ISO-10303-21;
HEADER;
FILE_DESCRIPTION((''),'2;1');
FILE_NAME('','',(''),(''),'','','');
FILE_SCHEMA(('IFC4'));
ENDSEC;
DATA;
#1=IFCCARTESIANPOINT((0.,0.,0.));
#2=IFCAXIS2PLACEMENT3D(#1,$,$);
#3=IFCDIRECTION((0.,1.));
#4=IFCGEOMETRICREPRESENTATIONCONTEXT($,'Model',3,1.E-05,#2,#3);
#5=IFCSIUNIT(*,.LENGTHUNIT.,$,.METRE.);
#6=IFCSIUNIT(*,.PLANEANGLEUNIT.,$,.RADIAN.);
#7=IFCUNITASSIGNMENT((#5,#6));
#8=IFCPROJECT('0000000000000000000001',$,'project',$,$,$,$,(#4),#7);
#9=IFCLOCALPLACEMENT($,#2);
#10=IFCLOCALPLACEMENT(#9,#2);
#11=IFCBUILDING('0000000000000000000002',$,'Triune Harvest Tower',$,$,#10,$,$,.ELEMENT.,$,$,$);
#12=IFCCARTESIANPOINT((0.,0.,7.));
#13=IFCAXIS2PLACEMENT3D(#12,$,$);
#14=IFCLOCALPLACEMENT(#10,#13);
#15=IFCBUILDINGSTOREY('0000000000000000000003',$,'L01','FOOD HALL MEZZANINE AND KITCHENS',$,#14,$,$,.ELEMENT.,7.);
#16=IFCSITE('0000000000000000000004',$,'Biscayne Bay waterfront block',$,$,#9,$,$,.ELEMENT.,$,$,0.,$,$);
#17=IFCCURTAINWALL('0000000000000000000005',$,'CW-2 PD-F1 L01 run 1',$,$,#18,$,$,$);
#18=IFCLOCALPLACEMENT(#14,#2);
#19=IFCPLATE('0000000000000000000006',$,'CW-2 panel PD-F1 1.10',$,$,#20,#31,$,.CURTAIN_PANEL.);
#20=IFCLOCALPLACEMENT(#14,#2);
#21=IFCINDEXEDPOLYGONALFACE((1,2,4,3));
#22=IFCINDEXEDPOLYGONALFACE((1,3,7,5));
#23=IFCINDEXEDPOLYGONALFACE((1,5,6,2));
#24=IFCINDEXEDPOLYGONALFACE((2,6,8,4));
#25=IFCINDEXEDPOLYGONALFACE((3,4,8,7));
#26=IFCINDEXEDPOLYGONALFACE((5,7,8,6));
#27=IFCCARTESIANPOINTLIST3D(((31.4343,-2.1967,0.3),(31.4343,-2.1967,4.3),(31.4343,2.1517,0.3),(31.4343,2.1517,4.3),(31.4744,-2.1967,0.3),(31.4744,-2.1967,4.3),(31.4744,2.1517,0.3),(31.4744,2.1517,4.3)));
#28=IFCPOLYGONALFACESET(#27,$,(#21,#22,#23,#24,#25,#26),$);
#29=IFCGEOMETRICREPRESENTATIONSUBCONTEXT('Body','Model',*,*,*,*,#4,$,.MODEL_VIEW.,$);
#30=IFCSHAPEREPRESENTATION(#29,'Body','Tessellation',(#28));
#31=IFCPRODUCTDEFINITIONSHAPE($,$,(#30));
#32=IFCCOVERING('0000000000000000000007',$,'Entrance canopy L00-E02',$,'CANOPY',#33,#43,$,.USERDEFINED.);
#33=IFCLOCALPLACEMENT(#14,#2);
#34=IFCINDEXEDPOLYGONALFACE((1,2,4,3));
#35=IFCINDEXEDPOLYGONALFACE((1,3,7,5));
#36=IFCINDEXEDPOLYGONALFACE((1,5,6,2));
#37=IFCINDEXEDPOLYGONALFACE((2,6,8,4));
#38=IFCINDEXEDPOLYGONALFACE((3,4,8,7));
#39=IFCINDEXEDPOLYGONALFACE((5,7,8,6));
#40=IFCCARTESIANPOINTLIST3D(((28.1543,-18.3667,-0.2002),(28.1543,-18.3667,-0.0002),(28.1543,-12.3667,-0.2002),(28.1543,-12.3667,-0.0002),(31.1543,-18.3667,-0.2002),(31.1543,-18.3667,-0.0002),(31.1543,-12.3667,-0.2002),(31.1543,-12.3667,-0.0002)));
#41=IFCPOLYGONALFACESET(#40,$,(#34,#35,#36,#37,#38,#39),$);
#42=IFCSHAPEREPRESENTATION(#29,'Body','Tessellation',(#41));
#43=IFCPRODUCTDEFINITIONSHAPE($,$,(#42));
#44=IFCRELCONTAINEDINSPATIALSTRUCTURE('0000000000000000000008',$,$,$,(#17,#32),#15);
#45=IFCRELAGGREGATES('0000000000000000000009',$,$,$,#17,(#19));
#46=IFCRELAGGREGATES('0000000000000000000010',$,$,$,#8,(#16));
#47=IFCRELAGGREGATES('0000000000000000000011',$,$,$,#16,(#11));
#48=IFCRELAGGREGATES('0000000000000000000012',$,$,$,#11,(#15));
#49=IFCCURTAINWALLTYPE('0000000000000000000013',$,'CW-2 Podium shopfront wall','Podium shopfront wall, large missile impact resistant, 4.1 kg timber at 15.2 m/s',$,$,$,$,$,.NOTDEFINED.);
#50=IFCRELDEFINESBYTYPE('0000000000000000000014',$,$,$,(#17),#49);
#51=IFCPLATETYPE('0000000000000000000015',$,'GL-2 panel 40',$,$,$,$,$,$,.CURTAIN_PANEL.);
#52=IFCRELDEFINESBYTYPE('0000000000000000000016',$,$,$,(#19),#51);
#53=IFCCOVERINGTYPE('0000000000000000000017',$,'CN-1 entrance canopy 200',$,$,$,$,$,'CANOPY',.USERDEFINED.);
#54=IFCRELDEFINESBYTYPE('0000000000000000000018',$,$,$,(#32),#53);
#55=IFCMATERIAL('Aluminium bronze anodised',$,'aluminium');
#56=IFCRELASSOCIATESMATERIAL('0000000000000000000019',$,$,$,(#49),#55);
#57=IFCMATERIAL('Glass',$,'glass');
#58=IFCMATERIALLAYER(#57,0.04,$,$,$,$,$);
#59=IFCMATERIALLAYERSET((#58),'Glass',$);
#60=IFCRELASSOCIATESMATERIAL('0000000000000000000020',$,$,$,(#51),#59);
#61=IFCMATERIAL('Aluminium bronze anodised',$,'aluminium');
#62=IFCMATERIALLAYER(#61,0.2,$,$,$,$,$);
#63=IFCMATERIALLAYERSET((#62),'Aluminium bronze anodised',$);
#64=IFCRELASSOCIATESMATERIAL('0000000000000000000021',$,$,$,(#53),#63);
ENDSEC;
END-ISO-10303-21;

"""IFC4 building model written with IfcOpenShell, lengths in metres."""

from ifc_helpers import new_model, si_unit, direction, frame, origin, origin_2d, place, context, subcontext, project, spatial, rectangle, extrude, source, transform, mapped, material, layer, layer_set, type_object, element, aggregate, save


model = new_model("IFC4")

# Units and contexts
model_context = context("Model", 3, precision=1e-05, world=origin(), true_north=direction((0.0, 1.0)))
body_context = subcontext(model_context, "Body", "Model", "MODEL_VIEW")
ifc_project = project(units=[si_unit("LENGTHUNIT", "METRE"), si_unit("PLANEANGLEUNIT", "RADIAN")], contexts=[model_context])

# Site, building, storey
site_placement = place(None, origin())
site = spatial("IfcSite", under=ifc_project, at=site_placement, Name="Biscayne Bay waterfront block", CompositionType="ELEMENT", RefElevation=0.0)
building_placement = place(site_placement, origin())
building = spatial("IfcBuilding", under=site, at=building_placement, Name="Triune Harvest Tower", CompositionType="ELEMENT")
storey_placement = place(building_placement, frame((0.0, 0.0, 7.0)))
storey = spatial("IfcBuildingStorey", under=building, at=storey_placement, Name="L01", Description="FOOD HALL MEZZANINE AND KITCHENS", CompositionType="ELEMENT", Elevation=7.0)

# Curtain wall, plate
ifc_material_1 = material(Name="Aluminium bronze anodised", Category="aluminium")
curtain_wall_type = type_object("IfcCurtainWallType", Name="CW-2 Podium shopfront wall", Description="Podium shopfront wall, large missile impact resistant, 4.1 kg timber at 15.2 m/s", PredefinedType="NOTDEFINED", material=ifc_material_1)
curtain_wall_placement = place(storey_placement, origin())
curtain_wall = element("IfcCurtainWall", 1, at=curtain_wall_placement, inside=storey, type_object=curtain_wall_type, Name="CW-2 PD-F1 L01 run 1")
ifc_material_2 = material(Name="Glass", Category="glass")
ifc_layer_1 = layer(ifc_material_2, 0.04)
ifc_layer_set_1 = layer_set([ifc_layer_1], Name="Glass")
plate_type = type_object("IfcPlateType", Name="GL-2 panel 40", PredefinedType="CURTAIN_PANEL", material=ifc_layer_set_1)
shared_shape_1 = source(origin(), body_context, "Body", "SweptSolid", [
    extrude(rectangle(XDim=4.3484, YDim=0.04, at=origin_2d()), origin(), (0.0, 0.0, 1.0), 4.0),
])
plate_1_placement = place(storey_placement, frame((31.4543, -0.0225, 0.3), z_axis=(0.0, 0.0, 1.0), x_axis=(0.0, 1.0, 0.0)))
plate_1 = element("IfcPlate", 2, at=plate_1_placement, type_object=plate_type, Name="CW-2 panel PD-F1 1.10", PredefinedType="CURTAIN_PANEL", context=body_context, shape_type="MappedRepresentation", body=[
    mapped(shared_shape_1, transform((0.0, 0.0, 0.0), scale=1.0)),
])
aggregate(curtain_wall, [plate_1])

# Covering
ifc_material_3 = material(Name="Aluminium bronze anodised", Category="aluminium")
ifc_layer_2 = layer(ifc_material_3, 0.2)
ifc_layer_set_2 = layer_set([ifc_layer_2], Name="Aluminium bronze anodised")
covering_type = type_object("IfcCoveringType", Name="CN-1 entrance canopy 200", ElementType="CANOPY", PredefinedType="USERDEFINED", material=ifc_layer_set_2)
shared_shape_2 = source(origin(), body_context, "Body", "SweptSolid", [
    extrude(rectangle(XDim=3.0, YDim=6.0, at=origin_2d()), origin(), (0.0, 0.0, 1.0), 0.2),
])
covering_placement = place(storey_placement, frame((29.6543, -15.3667, -0.2002), z_axis=(0.0, 0.0, 1.0), x_axis=(1.0, 0.0, 0.0)))
element("IfcCovering", 3, at=covering_placement, inside=storey, type_object=covering_type, Name="Entrance canopy L00-E02", ObjectType="CANOPY", PredefinedType="USERDEFINED", context=body_context, shape_type="MappedRepresentation", body=[
    mapped(shared_shape_2, transform((0.0, 0.0, 0.0), scale=1.0)),
])

save(model, "model.ifc")
